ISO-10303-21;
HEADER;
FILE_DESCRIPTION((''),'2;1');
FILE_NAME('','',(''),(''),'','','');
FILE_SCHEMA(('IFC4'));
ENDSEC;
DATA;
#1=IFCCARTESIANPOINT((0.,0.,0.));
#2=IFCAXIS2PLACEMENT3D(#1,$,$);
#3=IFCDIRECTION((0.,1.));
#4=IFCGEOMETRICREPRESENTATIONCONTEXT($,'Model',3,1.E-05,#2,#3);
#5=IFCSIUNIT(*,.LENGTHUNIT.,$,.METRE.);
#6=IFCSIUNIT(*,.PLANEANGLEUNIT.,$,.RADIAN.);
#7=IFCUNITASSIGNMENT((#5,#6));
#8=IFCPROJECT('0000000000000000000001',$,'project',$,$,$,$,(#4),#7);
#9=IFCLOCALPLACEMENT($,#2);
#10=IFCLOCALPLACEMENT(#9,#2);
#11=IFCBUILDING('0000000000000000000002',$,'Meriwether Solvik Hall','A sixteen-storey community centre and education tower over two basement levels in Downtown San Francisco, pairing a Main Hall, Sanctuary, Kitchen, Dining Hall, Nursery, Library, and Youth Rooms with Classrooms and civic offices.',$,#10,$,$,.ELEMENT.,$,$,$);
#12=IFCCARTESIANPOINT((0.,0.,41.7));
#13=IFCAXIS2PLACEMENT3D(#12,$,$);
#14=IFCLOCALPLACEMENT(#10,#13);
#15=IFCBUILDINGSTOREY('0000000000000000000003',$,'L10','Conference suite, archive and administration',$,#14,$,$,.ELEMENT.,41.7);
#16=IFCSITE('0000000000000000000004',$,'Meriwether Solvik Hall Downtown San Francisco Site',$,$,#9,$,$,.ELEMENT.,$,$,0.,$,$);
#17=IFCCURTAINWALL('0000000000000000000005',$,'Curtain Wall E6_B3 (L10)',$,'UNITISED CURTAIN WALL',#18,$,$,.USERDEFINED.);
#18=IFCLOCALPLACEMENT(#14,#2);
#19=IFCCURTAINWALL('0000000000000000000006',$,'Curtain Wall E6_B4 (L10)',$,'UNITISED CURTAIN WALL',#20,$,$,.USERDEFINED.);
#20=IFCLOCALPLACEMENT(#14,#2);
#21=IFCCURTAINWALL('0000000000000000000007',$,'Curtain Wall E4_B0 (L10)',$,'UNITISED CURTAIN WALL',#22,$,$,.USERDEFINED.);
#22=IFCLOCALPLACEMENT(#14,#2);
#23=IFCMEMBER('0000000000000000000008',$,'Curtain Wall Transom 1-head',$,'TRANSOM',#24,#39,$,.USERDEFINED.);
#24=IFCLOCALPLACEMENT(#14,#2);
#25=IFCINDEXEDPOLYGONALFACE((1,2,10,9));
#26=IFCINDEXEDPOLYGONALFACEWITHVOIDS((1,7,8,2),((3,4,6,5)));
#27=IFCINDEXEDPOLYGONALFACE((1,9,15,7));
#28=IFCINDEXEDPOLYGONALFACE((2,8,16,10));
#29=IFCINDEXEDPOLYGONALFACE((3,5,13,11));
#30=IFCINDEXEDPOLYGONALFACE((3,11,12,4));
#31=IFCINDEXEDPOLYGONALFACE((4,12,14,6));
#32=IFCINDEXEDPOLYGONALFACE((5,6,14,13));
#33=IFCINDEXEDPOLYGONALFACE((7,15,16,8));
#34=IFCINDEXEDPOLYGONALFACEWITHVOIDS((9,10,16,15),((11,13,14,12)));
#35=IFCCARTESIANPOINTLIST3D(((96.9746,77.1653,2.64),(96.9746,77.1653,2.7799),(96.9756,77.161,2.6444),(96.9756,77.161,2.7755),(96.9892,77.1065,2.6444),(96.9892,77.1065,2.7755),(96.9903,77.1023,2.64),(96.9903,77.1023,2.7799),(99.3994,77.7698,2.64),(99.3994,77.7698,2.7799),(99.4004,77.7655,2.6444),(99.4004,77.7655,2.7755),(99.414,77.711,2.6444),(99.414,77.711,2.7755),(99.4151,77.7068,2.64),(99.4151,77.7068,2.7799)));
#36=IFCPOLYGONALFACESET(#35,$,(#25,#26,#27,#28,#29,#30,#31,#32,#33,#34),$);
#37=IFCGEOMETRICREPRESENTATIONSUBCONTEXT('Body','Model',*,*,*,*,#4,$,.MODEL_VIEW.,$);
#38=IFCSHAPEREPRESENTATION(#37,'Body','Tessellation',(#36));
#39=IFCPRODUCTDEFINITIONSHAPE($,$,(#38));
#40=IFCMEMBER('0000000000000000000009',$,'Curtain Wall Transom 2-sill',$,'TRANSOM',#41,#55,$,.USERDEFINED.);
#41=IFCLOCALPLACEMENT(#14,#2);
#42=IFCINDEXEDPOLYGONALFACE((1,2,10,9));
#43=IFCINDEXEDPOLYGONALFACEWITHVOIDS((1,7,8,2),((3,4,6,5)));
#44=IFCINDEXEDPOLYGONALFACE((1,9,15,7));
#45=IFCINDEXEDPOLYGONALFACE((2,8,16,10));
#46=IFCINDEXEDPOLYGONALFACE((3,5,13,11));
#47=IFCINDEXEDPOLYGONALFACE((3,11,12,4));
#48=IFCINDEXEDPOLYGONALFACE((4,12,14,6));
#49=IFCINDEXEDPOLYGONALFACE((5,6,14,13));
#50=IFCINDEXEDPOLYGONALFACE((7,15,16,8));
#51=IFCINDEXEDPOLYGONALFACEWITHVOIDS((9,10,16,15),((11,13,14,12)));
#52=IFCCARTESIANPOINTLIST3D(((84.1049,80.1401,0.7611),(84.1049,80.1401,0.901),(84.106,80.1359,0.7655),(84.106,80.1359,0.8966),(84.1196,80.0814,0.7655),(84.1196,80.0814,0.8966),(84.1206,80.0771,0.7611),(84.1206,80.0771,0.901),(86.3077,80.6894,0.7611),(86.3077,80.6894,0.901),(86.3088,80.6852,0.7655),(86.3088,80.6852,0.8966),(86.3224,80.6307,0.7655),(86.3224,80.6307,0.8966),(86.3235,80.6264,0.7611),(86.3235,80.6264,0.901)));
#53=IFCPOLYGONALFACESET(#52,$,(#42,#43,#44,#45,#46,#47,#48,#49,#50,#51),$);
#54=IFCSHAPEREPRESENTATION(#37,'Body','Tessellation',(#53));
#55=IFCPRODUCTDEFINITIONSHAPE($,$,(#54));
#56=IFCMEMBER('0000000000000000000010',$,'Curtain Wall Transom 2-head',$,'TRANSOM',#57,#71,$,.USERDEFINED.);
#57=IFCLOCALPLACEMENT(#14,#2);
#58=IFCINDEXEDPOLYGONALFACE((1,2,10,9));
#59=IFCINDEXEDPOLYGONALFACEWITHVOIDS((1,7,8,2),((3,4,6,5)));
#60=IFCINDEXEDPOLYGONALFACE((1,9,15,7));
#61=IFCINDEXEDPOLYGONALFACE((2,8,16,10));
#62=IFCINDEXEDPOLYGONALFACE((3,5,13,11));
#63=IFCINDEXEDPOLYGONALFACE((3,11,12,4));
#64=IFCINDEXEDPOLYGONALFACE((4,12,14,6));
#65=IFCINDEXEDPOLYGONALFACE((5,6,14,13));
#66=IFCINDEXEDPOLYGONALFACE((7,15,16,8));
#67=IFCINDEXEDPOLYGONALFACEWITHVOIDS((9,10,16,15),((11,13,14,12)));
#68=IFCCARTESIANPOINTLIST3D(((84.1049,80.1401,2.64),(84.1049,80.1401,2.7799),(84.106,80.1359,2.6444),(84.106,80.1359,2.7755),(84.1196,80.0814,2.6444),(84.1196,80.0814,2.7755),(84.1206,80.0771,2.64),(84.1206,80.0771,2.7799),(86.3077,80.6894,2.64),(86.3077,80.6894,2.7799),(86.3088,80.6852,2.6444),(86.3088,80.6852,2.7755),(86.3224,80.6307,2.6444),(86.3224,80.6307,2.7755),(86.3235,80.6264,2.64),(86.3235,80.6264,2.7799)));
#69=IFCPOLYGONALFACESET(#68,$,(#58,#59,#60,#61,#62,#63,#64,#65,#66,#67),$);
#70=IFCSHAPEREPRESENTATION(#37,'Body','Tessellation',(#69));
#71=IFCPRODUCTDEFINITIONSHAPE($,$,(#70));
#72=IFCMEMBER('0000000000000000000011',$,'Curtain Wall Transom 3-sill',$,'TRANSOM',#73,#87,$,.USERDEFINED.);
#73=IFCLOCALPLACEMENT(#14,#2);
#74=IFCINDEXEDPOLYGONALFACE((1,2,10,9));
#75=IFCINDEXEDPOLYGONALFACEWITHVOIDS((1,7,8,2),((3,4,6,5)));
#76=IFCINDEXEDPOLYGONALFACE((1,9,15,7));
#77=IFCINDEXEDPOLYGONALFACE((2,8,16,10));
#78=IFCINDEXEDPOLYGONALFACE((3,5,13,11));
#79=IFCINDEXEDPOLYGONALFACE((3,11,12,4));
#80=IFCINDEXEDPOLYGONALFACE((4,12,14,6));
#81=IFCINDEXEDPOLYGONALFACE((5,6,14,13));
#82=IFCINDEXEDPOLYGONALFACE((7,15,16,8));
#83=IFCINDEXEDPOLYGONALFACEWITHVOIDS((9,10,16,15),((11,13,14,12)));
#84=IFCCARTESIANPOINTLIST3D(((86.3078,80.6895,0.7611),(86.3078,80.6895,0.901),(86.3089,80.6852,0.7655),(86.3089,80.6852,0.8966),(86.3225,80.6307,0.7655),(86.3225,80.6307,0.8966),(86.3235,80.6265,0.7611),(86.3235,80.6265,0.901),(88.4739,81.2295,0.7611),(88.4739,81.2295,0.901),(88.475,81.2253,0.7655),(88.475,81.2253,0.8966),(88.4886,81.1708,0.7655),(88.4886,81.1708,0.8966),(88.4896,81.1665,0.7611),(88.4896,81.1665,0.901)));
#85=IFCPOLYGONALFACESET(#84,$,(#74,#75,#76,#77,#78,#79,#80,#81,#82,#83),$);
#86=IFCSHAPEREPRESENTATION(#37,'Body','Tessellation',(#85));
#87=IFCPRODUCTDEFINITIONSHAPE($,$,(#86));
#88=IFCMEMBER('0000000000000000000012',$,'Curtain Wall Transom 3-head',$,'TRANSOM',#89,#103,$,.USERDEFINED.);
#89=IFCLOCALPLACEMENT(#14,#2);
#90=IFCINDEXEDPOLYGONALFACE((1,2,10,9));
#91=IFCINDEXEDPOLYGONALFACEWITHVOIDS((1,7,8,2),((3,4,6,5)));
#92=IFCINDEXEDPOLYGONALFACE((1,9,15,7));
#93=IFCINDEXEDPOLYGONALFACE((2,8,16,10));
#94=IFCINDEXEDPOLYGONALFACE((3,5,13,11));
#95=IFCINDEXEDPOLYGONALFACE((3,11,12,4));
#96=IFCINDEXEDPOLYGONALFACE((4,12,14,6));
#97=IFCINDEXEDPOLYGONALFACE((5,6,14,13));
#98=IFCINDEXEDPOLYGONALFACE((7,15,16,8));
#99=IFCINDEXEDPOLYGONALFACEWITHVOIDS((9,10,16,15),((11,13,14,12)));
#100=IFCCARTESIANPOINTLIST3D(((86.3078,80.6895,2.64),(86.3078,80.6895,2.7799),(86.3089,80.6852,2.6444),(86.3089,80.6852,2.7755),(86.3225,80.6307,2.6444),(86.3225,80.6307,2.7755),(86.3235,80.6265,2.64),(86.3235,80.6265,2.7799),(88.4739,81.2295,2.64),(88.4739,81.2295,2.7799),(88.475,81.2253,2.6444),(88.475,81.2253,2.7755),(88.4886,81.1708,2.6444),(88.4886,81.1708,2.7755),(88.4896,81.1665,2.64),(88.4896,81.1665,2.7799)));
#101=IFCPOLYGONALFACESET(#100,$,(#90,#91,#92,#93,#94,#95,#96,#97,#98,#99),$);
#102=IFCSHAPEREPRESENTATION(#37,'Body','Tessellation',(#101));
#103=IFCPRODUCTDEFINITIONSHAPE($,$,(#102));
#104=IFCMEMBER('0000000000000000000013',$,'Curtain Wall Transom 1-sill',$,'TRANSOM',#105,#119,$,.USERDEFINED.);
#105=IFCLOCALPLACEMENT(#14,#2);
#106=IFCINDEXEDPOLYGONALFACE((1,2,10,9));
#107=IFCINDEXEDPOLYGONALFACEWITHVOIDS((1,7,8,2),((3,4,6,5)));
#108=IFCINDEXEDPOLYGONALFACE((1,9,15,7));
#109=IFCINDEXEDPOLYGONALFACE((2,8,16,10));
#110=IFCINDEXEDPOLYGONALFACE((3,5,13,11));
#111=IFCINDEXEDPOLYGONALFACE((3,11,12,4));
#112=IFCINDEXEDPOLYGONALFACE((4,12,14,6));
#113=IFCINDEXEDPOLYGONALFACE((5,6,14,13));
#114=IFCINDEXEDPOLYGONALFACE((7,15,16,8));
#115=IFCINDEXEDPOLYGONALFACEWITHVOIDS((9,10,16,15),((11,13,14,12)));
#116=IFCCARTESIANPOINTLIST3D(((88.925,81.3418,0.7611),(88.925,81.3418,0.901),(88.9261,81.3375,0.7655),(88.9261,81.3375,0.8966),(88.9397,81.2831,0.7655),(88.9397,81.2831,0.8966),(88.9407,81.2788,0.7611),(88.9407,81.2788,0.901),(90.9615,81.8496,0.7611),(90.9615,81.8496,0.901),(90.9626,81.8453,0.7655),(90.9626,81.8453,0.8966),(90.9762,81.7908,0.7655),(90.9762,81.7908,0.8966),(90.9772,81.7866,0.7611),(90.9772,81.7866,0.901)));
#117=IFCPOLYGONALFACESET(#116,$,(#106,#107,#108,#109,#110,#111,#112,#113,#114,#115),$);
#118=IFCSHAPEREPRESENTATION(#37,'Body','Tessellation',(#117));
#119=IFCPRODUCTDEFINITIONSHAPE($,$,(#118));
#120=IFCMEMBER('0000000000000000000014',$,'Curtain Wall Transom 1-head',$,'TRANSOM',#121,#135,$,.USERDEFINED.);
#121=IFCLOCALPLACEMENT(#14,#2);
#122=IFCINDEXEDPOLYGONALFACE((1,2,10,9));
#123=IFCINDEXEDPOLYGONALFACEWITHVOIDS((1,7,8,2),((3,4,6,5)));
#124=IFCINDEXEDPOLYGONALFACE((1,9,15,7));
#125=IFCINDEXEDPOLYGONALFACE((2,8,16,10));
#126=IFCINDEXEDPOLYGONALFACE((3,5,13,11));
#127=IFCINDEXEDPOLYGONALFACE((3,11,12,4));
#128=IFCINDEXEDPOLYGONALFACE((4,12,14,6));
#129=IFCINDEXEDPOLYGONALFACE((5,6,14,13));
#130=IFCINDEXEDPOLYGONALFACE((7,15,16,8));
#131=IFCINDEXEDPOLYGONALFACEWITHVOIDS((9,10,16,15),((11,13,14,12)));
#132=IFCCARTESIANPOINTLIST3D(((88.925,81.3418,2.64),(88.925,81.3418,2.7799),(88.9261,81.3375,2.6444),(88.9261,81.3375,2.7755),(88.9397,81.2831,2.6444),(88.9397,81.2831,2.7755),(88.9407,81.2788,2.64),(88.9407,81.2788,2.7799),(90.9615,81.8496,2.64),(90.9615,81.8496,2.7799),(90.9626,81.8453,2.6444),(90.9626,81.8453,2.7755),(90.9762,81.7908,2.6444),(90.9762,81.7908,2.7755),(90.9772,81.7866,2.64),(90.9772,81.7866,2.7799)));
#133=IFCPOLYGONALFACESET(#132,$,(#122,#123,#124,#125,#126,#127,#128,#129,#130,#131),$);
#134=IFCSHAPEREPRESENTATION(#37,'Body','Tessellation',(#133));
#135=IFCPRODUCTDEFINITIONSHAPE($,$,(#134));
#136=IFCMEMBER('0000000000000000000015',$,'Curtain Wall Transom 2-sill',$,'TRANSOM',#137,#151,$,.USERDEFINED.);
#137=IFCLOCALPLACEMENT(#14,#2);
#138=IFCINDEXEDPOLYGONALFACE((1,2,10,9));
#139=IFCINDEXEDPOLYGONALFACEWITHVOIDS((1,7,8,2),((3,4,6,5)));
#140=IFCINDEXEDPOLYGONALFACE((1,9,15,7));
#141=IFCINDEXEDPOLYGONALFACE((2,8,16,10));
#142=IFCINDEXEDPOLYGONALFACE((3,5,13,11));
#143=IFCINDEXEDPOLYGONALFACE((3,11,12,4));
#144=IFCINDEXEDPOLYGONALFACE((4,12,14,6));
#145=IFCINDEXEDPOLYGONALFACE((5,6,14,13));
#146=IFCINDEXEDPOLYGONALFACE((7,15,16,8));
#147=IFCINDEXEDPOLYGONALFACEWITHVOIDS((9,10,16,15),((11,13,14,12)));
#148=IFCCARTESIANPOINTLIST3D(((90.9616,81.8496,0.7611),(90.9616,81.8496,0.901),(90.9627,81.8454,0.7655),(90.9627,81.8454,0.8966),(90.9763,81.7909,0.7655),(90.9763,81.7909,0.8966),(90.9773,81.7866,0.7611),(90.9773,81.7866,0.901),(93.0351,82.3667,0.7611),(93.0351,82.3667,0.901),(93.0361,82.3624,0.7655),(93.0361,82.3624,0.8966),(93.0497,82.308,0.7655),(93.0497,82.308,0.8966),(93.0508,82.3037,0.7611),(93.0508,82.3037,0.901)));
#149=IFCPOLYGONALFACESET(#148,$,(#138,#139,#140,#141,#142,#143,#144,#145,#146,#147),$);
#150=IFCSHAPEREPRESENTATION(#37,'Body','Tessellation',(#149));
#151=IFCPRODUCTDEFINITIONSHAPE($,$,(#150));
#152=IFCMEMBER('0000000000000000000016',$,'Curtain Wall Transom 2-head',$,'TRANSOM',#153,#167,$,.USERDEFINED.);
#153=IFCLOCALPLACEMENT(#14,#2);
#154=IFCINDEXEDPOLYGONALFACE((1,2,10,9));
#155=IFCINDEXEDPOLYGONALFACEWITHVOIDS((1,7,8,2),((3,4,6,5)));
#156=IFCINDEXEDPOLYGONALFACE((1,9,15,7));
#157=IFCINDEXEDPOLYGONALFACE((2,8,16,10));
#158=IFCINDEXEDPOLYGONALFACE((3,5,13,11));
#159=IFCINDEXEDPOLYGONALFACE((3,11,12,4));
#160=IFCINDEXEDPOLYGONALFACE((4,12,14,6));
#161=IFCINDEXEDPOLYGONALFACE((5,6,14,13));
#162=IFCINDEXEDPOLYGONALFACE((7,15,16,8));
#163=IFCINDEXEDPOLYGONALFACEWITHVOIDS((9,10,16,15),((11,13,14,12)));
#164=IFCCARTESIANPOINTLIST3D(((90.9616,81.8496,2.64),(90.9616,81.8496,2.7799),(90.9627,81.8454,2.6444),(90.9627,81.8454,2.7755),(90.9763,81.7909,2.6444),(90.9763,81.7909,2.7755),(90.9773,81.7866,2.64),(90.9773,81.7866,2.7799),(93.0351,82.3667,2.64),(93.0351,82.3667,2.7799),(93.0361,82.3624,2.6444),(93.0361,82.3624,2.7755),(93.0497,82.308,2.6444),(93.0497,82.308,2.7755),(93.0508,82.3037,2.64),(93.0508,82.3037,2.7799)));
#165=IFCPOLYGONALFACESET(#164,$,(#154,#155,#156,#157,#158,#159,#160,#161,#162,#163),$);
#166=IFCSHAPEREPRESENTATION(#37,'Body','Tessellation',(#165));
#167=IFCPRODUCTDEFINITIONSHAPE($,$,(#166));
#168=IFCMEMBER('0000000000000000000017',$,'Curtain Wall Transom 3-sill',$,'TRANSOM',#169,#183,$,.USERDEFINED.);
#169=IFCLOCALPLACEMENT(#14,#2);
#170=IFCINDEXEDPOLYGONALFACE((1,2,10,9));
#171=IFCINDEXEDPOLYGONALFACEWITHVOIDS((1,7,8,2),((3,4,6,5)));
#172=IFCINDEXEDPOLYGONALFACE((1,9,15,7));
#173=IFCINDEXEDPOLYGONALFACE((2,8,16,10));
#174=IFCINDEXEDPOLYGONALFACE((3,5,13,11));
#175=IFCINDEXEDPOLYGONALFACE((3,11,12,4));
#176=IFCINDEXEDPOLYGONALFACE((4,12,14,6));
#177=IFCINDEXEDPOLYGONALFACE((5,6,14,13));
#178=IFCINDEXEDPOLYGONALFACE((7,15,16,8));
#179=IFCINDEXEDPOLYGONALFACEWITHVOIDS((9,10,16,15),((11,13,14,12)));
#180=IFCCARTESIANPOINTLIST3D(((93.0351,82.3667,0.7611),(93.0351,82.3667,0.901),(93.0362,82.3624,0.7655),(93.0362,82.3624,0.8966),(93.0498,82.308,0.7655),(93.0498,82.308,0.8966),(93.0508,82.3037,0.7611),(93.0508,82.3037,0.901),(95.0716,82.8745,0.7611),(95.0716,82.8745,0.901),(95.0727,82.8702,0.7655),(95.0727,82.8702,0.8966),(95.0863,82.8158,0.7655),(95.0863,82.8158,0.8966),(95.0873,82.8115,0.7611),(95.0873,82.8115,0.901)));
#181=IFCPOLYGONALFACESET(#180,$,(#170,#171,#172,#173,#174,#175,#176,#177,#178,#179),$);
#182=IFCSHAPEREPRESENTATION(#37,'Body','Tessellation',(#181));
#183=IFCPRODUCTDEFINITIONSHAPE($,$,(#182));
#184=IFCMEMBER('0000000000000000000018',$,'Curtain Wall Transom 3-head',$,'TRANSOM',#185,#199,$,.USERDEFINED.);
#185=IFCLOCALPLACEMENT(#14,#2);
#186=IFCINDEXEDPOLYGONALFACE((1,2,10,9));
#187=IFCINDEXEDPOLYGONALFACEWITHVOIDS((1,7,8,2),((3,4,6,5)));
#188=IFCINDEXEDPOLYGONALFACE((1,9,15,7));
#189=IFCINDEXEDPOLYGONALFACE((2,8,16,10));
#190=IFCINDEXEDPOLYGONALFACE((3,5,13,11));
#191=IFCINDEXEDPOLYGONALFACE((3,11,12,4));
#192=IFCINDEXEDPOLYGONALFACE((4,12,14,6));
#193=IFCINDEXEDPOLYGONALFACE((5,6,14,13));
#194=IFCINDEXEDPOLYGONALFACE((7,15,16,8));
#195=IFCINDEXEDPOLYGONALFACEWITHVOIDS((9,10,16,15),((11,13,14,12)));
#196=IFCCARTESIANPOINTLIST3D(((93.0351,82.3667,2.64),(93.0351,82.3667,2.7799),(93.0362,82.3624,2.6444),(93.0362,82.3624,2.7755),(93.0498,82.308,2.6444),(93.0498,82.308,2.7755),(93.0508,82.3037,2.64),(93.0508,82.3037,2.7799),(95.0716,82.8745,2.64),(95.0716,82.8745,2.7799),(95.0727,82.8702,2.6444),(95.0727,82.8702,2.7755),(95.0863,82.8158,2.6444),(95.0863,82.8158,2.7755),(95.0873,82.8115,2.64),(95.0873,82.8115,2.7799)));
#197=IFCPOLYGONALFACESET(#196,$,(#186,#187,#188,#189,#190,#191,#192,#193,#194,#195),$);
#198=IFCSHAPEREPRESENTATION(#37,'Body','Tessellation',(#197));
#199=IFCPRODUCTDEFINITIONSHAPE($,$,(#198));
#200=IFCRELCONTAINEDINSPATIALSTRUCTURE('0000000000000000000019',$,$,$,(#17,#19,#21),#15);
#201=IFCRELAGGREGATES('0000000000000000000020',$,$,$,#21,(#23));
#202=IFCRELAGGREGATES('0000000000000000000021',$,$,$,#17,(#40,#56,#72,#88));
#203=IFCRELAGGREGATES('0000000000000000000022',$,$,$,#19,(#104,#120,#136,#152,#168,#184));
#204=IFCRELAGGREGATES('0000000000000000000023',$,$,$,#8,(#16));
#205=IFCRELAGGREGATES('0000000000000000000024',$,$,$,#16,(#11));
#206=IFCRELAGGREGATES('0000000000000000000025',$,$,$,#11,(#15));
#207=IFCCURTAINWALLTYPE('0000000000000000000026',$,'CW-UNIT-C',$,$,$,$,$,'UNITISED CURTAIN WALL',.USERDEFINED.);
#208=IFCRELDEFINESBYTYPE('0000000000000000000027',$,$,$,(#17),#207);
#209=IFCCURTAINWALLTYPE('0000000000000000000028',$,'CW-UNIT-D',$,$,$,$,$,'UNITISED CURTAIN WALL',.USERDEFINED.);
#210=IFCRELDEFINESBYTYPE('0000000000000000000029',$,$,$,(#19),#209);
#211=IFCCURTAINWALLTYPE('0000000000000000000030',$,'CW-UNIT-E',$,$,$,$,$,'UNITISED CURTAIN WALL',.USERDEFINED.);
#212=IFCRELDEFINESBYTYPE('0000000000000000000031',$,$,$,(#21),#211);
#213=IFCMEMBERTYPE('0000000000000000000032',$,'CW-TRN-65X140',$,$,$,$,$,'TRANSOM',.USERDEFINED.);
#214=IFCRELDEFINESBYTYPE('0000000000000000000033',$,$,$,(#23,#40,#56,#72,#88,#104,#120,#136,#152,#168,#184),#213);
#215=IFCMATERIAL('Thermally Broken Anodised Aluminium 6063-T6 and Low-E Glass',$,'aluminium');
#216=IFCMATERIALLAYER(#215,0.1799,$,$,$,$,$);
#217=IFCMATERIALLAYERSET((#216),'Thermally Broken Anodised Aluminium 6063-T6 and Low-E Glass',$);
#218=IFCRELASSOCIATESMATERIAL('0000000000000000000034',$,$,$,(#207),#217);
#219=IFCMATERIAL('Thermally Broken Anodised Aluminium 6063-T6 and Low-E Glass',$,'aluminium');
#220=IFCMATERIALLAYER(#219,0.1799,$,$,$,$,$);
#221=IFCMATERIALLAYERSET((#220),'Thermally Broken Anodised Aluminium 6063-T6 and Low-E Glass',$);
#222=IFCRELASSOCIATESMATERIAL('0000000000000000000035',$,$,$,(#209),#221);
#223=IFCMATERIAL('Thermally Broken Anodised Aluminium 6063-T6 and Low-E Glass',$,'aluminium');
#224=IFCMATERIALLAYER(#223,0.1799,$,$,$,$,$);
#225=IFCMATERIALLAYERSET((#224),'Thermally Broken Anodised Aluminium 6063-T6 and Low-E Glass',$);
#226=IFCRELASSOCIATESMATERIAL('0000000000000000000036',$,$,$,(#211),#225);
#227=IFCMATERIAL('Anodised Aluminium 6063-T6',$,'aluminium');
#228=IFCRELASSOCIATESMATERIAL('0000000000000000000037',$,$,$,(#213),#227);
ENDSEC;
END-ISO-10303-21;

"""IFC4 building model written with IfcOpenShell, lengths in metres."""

from ifc_helpers import new_model, si_unit, direction, frame, origin, origin_2d, place, context, subcontext, project, spatial, hollow_rectangle, extrude, material, layer, layer_set, material_profile, profile_set, type_object, element, aggregate, save


model = new_model("IFC4")

# Units and contexts
model_context = context("Model", 3, precision=1e-05, world=origin(), true_north=direction((0.0, 1.0)))
body_context = subcontext(model_context, "Body", "Model", "MODEL_VIEW")
ifc_project = project(units=[si_unit("LENGTHUNIT", "METRE"), si_unit("PLANEANGLEUNIT", "RADIAN")], contexts=[model_context])

# Site, building, storey
site_placement = place(None, origin())
site = spatial("IfcSite", under=ifc_project, at=site_placement, Name="Meriwether Solvik Hall Downtown San Francisco Site", CompositionType="ELEMENT", RefElevation=0.0)
building_placement = place(site_placement, origin())
building = spatial("IfcBuilding", under=site, at=building_placement, Name="Meriwether Solvik Hall", Description="A sixteen-storey community centre and education tower over two basement levels in Downtown San Francisco, pairing a Main Hall, Sanctuary, Kitchen, Dining Hall, Nursery, Library, and Youth Rooms with Classrooms and civic offices.", CompositionType="ELEMENT")
storey_placement = place(building_placement, frame((0.0, 0.0, 41.7)))
storey = spatial("IfcBuildingStorey", under=building, at=storey_placement, Name="L10", Description="Conference suite, archive and administration", CompositionType="ELEMENT", Elevation=41.7)

# Curtain walls, member
ifc_material_1 = material(Name="Thermally Broken Anodised Aluminium 6063-T6 and Low-E Glass", Category="aluminium")
ifc_layer_1 = layer(ifc_material_1, 0.1799)
ifc_layer_set_1 = layer_set([ifc_layer_1], Name="Thermally Broken Anodised Aluminium 6063-T6 and Low-E Glass")
curtain_wall_type_1 = type_object("IfcCurtainWallType", Name="CW-UNIT-C", ElementType="UNITISED CURTAIN WALL", PredefinedType="USERDEFINED", material=ifc_layer_set_1)
curtain_wall_1_placement = place(storey_placement, origin())
curtain_wall_1 = element("IfcCurtainWall", 1, at=curtain_wall_1_placement, inside=storey, type_object=curtain_wall_type_1, Name="Curtain Wall E6_B3 (L10)", ObjectType="UNITISED CURTAIN WALL", PredefinedType="USERDEFINED")
ifc_material_2 = material(Name="Thermally Broken Anodised Aluminium 6063-T6 and Low-E Glass", Category="aluminium")
ifc_layer_2 = layer(ifc_material_2, 0.1799)
ifc_layer_set_2 = layer_set([ifc_layer_2], Name="Thermally Broken Anodised Aluminium 6063-T6 and Low-E Glass")
curtain_wall_type_2 = type_object("IfcCurtainWallType", Name="CW-UNIT-D", ElementType="UNITISED CURTAIN WALL", PredefinedType="USERDEFINED", material=ifc_layer_set_2)
curtain_wall_2_placement = place(storey_placement, origin())
curtain_wall_2 = element("IfcCurtainWall", 2, at=curtain_wall_2_placement, inside=storey, type_object=curtain_wall_type_2, Name="Curtain Wall E6_B4 (L10)", ObjectType="UNITISED CURTAIN WALL", PredefinedType="USERDEFINED")
ifc_material_3 = material(Name="Thermally Broken Anodised Aluminium 6063-T6 and Low-E Glass", Category="aluminium")
ifc_layer_3 = layer(ifc_material_3, 0.1799)
ifc_layer_set_3 = layer_set([ifc_layer_3], Name="Thermally Broken Anodised Aluminium 6063-T6 and Low-E Glass")
curtain_wall_type_3 = type_object("IfcCurtainWallType", Name="CW-UNIT-E", ElementType="UNITISED CURTAIN WALL", PredefinedType="USERDEFINED", material=ifc_layer_set_3)
curtain_wall_3_placement = place(storey_placement, origin())
curtain_wall_3 = element("IfcCurtainWall", 3, at=curtain_wall_3_placement, inside=storey, type_object=curtain_wall_type_3, Name="Curtain Wall E4_B0 (L10)", ObjectType="UNITISED CURTAIN WALL", PredefinedType="USERDEFINED")
ifc_material_4 = material(Name="Anodised Aluminium 6063-T6", Category="aluminium")
ifc_material_profile_1 = material_profile(ifc_material_4, hollow_rectangle(XDim=0.0649, YDim=0.1399, WallThickness=0.0044, at=origin_2d()), Name="CWT-65X140")
ifc_profile_set_1 = profile_set([ifc_material_profile_1], Name="Anodised Aluminium 6063-T6")
member_type_1 = type_object("IfcMemberType", Name="CW-TRN-65X140", ElementType="TRANSOM", PredefinedType="USERDEFINED", material=ifc_profile_set_1)
member_1_placement = place(storey_placement, frame((96.9824, 77.1338, 2.71), z_axis=(0.970303, 0.241892, 0.0), x_axis=(-0.241892, 0.970303, 0.0)))
member_1 = element("IfcMember", 4, at=member_1_placement, type_object=member_type_1, Name="Curtain Wall Transom 1-head", ObjectType="TRANSOM", PredefinedType="USERDEFINED", context=body_context, shape_type="SweptSolid", body=[
    extrude(hollow_rectangle(XDim=0.0649, YDim=0.1399, WallThickness=0.0044, at=origin_2d()), origin(), (0.0, 0.0, 1.0), 2.499),
])
aggregate(curtain_wall_3, [member_1])

# Members
member_2_placement = place(storey_placement, frame((84.1128, 80.1086, 0.8311), z_axis=(0.970288, 0.241954, 0.0), x_axis=(-0.241954, 0.970288, 0.0)))
member_2 = element("IfcMember", 5, at=member_2_placement, type_object=member_type_1, Name="Curtain Wall Transom 2-sill", ObjectType="TRANSOM", PredefinedType="USERDEFINED", context=body_context, shape_type="SweptSolid", body=[
    extrude(hollow_rectangle(XDim=0.0649, YDim=0.1399, WallThickness=0.0044, at=origin_2d()), origin(), (0.0, 0.0, 1.0), 2.2703),
])
member_3_placement = place(storey_placement, frame((84.1128, 80.1086, 2.71), z_axis=(0.970288, 0.241954, 0.0), x_axis=(-0.241954, 0.970288, 0.0)))
member_3 = element("IfcMember", 6, at=member_3_placement, type_object=member_type_1, Name="Curtain Wall Transom 2-head", ObjectType="TRANSOM", PredefinedType="USERDEFINED", context=body_context, shape_type="SweptSolid", body=[
    extrude(hollow_rectangle(XDim=0.0649, YDim=0.1399, WallThickness=0.0044, at=origin_2d()), origin(), (0.0, 0.0, 1.0), 2.2703),
])
member_4_placement = place(storey_placement, frame((86.3157, 80.658, 0.8311), z_axis=(0.970297, 0.241918, 0.0), x_axis=(-0.241918, 0.970297, 0.0)))
member_4 = element("IfcMember", 7, at=member_4_placement, type_object=member_type_1, Name="Curtain Wall Transom 3-sill", ObjectType="TRANSOM", PredefinedType="USERDEFINED", context=body_context, shape_type="SweptSolid", body=[
    extrude(hollow_rectangle(XDim=0.0649, YDim=0.1399, WallThickness=0.0044, at=origin_2d()), origin(), (0.0, 0.0, 1.0), 2.2324),
])
member_5_placement = place(storey_placement, frame((86.3157, 80.658, 2.71), z_axis=(0.970297, 0.241918, 0.0), x_axis=(-0.241918, 0.970297, 0.0)))
member_5 = element("IfcMember", 8, at=member_5_placement, type_object=member_type_1, Name="Curtain Wall Transom 3-head", ObjectType="TRANSOM", PredefinedType="USERDEFINED", context=body_context, shape_type="SweptSolid", body=[
    extrude(hollow_rectangle(XDim=0.0649, YDim=0.1399, WallThickness=0.0044, at=origin_2d()), origin(), (0.0, 0.0, 1.0), 2.2324),
])
member_6_placement = place(storey_placement, frame((88.9329, 81.3103, 0.8311), z_axis=(0.970293, 0.241933, 0.0), x_axis=(-0.241933, 0.970293, 0.0)))
member_6 = element("IfcMember", 9, at=member_6_placement, type_object=member_type_1, Name="Curtain Wall Transom 1-sill", ObjectType="TRANSOM", PredefinedType="USERDEFINED", context=body_context, shape_type="SweptSolid", body=[
    extrude(hollow_rectangle(XDim=0.0649, YDim=0.1399, WallThickness=0.0044, at=origin_2d()), origin(), (0.0, 0.0, 1.0), 2.0989),
])
member_7_placement = place(storey_placement, frame((88.9329, 81.3103, 2.71), z_axis=(0.970293, 0.241933, 0.0), x_axis=(-0.241933, 0.970293, 0.0)))
member_7 = element("IfcMember", 10, at=member_7_placement, type_object=member_type_1, Name="Curtain Wall Transom 1-head", ObjectType="TRANSOM", PredefinedType="USERDEFINED", context=body_context, shape_type="SweptSolid", body=[
    extrude(hollow_rectangle(XDim=0.0649, YDim=0.1399, WallThickness=0.0044, at=origin_2d()), origin(), (0.0, 0.0, 1.0), 2.0989),
])
member_8_placement = place(storey_placement, frame((90.9695, 81.8181, 0.8311), z_axis=(0.970283, 0.241971, 0.0), x_axis=(-0.241971, 0.970283, 0.0)))
member_8 = element("IfcMember", 11, at=member_8_placement, type_object=member_type_1, Name="Curtain Wall Transom 2-sill", ObjectType="TRANSOM", PredefinedType="USERDEFINED", context=body_context, shape_type="SweptSolid", body=[
    extrude(hollow_rectangle(XDim=0.0649, YDim=0.1399, WallThickness=0.0044, at=origin_2d()), origin(), (0.0, 0.0, 1.0), 2.137),
])
member_9_placement = place(storey_placement, frame((90.9695, 81.8181, 2.71), z_axis=(0.970283, 0.241971, 0.0), x_axis=(-0.241971, 0.970283, 0.0)))
member_9 = element("IfcMember", 12, at=member_9_placement, type_object=member_type_1, Name="Curtain Wall Transom 2-head", ObjectType="TRANSOM", PredefinedType="USERDEFINED", context=body_context, shape_type="SweptSolid", body=[
    extrude(hollow_rectangle(XDim=0.0649, YDim=0.1399, WallThickness=0.0044, at=origin_2d()), origin(), (0.0, 0.0, 1.0), 2.137),
])
member_10_placement = place(storey_placement, frame((93.043, 82.3352, 0.8311), z_axis=(0.970293, 0.241933, 0.0), x_axis=(-0.241933, 0.970293, 0.0)))
member_10 = element("IfcMember", 13, at=member_10_placement, type_object=member_type_1, Name="Curtain Wall Transom 3-sill", ObjectType="TRANSOM", PredefinedType="USERDEFINED", context=body_context, shape_type="SweptSolid", body=[
    extrude(hollow_rectangle(XDim=0.0649, YDim=0.1399, WallThickness=0.0044, at=origin_2d()), origin(), (0.0, 0.0, 1.0), 2.0989),
])
member_11_placement = place(storey_placement, frame((93.043, 82.3352, 2.71), z_axis=(0.970293, 0.241933, 0.0), x_axis=(-0.241933, 0.970293, 0.0)))
member_11 = element("IfcMember", 14, at=member_11_placement, type_object=member_type_1, Name="Curtain Wall Transom 3-head", ObjectType="TRANSOM", PredefinedType="USERDEFINED", context=body_context, shape_type="SweptSolid", body=[
    extrude(hollow_rectangle(XDim=0.0649, YDim=0.1399, WallThickness=0.0044, at=origin_2d()), origin(), (0.0, 0.0, 1.0), 2.0989),
])

aggregate(curtain_wall_1, [member_2, member_3, member_4, member_5])
aggregate(curtain_wall_2, [member_6, member_7, member_8, member_9, member_10, member_11])

save(model, "model.ifc")
